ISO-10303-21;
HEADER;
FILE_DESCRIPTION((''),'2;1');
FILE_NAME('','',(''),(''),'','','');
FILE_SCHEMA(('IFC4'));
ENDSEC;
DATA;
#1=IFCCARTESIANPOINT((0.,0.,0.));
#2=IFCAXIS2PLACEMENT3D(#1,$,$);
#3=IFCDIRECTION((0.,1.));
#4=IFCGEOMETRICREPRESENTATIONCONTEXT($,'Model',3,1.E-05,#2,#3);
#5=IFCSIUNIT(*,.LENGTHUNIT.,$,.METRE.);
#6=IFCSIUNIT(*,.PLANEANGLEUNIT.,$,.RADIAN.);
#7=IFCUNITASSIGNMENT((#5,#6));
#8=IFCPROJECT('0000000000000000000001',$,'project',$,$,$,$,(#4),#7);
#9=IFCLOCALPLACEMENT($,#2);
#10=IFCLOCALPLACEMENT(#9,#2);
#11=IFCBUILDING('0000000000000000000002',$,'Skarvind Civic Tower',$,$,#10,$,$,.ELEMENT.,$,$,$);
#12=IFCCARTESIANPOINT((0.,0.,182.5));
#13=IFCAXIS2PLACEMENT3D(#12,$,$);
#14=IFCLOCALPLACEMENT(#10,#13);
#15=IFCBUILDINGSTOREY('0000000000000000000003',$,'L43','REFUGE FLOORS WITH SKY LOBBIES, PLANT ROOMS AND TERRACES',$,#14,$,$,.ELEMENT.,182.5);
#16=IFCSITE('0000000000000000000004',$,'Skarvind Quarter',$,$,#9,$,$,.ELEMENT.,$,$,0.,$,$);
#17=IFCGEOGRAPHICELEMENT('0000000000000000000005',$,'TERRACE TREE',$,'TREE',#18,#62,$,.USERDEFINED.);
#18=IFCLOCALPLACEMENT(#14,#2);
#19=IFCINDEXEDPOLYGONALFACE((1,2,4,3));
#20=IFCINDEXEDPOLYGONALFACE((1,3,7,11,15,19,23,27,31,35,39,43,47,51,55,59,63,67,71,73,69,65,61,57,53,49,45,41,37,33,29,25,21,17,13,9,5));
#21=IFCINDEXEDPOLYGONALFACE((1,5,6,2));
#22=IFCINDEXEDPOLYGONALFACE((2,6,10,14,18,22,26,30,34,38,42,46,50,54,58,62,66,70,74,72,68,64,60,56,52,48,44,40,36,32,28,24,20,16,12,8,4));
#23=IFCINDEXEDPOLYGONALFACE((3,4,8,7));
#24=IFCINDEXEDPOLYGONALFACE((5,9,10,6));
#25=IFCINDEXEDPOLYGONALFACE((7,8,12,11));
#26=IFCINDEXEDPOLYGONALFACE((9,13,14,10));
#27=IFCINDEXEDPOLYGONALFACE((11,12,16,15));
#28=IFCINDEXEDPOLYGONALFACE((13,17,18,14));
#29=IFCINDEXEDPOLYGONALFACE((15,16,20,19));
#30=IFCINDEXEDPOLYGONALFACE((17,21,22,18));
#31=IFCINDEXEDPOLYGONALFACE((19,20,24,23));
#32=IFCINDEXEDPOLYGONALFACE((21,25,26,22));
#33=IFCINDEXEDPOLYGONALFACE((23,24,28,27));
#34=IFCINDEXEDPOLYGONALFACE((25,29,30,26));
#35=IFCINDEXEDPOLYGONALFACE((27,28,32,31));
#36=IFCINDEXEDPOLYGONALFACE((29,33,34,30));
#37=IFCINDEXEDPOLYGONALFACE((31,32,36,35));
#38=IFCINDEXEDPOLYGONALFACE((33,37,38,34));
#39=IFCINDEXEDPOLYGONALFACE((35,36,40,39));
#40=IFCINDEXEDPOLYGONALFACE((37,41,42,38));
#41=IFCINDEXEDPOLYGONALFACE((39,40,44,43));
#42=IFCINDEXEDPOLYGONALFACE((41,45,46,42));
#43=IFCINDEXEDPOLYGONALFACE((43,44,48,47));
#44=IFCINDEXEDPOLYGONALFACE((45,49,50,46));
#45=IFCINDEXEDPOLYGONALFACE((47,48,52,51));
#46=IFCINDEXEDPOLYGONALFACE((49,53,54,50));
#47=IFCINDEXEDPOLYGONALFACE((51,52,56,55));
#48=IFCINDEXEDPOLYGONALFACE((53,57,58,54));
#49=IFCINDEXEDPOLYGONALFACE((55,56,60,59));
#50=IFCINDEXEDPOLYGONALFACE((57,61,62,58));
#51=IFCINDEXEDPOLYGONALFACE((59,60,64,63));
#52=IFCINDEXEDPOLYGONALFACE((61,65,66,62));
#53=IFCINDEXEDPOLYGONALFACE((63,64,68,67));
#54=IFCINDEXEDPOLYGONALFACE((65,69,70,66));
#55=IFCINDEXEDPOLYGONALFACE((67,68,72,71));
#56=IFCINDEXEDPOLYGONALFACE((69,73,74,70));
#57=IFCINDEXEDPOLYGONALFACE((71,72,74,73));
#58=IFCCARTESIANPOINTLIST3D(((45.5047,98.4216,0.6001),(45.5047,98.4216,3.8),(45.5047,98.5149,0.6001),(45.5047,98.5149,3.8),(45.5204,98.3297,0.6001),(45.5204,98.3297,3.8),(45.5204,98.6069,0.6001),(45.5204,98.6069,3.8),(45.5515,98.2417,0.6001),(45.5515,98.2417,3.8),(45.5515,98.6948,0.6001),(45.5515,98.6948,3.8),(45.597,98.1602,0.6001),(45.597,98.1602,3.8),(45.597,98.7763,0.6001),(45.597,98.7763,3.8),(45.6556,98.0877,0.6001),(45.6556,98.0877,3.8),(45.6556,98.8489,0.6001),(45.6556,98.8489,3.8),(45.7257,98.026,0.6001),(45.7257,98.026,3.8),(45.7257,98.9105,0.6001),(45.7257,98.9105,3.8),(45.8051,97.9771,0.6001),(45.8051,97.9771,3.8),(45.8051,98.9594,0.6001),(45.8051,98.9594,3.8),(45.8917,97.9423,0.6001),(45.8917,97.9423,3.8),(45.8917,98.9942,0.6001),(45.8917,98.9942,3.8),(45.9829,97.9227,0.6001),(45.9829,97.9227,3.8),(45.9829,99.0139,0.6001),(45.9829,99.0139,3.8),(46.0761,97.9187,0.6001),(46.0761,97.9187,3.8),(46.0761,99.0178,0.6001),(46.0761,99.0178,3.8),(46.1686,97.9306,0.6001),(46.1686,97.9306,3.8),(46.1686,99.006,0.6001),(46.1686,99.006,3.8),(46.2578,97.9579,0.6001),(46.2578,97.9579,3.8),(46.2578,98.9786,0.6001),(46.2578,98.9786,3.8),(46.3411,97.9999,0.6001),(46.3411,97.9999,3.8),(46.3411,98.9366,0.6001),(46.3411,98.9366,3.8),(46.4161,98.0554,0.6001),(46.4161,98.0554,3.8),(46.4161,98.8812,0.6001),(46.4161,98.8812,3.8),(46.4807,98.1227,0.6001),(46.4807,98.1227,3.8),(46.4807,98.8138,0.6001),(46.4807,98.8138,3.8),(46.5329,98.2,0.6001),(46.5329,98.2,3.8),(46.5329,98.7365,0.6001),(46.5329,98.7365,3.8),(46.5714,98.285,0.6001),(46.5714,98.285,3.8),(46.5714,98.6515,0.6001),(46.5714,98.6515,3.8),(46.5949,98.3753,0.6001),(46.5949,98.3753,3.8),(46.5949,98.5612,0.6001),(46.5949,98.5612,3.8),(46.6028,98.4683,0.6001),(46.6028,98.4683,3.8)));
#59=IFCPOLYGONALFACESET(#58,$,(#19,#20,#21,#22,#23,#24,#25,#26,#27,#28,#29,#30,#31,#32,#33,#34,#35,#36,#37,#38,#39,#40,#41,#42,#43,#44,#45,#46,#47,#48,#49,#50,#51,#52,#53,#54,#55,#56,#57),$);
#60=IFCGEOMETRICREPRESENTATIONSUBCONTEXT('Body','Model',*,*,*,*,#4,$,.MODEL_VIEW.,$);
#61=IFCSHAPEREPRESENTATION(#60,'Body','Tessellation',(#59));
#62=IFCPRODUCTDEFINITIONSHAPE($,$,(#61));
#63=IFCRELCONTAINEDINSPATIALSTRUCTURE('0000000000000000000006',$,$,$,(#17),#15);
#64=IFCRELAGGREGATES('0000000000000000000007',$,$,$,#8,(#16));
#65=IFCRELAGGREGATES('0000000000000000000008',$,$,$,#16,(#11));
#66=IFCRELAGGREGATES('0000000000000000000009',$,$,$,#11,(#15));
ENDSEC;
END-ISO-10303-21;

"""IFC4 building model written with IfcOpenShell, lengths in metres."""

from ifc_helpers import new_model, si_unit, direction, frame, origin, origin_2d, place, context, subcontext, project, spatial, circle, extrude, element, save


model = new_model("IFC4")

# Units and contexts
model_context = context("Model", 3, precision=1e-05, world=origin(), true_north=direction((0.0, 1.0)))
body_context = subcontext(model_context, "Body", "Model", "MODEL_VIEW")
ifc_project = project(units=[si_unit("LENGTHUNIT", "METRE"), si_unit("PLANEANGLEUNIT", "RADIAN")], contexts=[model_context])

# Site, building, storey
site_placement = place(None, origin())
site = spatial("IfcSite", under=ifc_project, at=site_placement, Name="Skarvind Quarter", CompositionType="ELEMENT", RefElevation=0.0)
building_placement = place(site_placement, origin())
building = spatial("IfcBuilding", under=site, at=building_placement, Name="Skarvind Civic Tower", CompositionType="ELEMENT")
storey_placement = place(building_placement, frame((0.0, 0.0, 182.5)))
storey = spatial("IfcBuildingStorey", under=building, at=storey_placement, Name="L43", Description="REFUGE FLOORS WITH SKY LOBBIES, PLANT ROOMS AND TERRACES", CompositionType="ELEMENT", Elevation=182.5)

# Geographic element
geographic_element_placement = place(storey_placement, frame((46.0527, 98.4683, 0.6001), z_axis=(0.0, 0.0, 1.0), x_axis=(1.0, 0.0, 0.0)))
element("IfcGeographicElement", 1, at=geographic_element_placement, inside=storey, Name="TERRACE TREE", ObjectType="TREE", PredefinedType="USERDEFINED", context=body_context, shape_type="SweptSolid", body=[
    extrude(circle(Radius=0.55, at=origin_2d()), origin(), (0.0, 0.0, 1.0), 3.2),
])

save(model, "model.ifc")
